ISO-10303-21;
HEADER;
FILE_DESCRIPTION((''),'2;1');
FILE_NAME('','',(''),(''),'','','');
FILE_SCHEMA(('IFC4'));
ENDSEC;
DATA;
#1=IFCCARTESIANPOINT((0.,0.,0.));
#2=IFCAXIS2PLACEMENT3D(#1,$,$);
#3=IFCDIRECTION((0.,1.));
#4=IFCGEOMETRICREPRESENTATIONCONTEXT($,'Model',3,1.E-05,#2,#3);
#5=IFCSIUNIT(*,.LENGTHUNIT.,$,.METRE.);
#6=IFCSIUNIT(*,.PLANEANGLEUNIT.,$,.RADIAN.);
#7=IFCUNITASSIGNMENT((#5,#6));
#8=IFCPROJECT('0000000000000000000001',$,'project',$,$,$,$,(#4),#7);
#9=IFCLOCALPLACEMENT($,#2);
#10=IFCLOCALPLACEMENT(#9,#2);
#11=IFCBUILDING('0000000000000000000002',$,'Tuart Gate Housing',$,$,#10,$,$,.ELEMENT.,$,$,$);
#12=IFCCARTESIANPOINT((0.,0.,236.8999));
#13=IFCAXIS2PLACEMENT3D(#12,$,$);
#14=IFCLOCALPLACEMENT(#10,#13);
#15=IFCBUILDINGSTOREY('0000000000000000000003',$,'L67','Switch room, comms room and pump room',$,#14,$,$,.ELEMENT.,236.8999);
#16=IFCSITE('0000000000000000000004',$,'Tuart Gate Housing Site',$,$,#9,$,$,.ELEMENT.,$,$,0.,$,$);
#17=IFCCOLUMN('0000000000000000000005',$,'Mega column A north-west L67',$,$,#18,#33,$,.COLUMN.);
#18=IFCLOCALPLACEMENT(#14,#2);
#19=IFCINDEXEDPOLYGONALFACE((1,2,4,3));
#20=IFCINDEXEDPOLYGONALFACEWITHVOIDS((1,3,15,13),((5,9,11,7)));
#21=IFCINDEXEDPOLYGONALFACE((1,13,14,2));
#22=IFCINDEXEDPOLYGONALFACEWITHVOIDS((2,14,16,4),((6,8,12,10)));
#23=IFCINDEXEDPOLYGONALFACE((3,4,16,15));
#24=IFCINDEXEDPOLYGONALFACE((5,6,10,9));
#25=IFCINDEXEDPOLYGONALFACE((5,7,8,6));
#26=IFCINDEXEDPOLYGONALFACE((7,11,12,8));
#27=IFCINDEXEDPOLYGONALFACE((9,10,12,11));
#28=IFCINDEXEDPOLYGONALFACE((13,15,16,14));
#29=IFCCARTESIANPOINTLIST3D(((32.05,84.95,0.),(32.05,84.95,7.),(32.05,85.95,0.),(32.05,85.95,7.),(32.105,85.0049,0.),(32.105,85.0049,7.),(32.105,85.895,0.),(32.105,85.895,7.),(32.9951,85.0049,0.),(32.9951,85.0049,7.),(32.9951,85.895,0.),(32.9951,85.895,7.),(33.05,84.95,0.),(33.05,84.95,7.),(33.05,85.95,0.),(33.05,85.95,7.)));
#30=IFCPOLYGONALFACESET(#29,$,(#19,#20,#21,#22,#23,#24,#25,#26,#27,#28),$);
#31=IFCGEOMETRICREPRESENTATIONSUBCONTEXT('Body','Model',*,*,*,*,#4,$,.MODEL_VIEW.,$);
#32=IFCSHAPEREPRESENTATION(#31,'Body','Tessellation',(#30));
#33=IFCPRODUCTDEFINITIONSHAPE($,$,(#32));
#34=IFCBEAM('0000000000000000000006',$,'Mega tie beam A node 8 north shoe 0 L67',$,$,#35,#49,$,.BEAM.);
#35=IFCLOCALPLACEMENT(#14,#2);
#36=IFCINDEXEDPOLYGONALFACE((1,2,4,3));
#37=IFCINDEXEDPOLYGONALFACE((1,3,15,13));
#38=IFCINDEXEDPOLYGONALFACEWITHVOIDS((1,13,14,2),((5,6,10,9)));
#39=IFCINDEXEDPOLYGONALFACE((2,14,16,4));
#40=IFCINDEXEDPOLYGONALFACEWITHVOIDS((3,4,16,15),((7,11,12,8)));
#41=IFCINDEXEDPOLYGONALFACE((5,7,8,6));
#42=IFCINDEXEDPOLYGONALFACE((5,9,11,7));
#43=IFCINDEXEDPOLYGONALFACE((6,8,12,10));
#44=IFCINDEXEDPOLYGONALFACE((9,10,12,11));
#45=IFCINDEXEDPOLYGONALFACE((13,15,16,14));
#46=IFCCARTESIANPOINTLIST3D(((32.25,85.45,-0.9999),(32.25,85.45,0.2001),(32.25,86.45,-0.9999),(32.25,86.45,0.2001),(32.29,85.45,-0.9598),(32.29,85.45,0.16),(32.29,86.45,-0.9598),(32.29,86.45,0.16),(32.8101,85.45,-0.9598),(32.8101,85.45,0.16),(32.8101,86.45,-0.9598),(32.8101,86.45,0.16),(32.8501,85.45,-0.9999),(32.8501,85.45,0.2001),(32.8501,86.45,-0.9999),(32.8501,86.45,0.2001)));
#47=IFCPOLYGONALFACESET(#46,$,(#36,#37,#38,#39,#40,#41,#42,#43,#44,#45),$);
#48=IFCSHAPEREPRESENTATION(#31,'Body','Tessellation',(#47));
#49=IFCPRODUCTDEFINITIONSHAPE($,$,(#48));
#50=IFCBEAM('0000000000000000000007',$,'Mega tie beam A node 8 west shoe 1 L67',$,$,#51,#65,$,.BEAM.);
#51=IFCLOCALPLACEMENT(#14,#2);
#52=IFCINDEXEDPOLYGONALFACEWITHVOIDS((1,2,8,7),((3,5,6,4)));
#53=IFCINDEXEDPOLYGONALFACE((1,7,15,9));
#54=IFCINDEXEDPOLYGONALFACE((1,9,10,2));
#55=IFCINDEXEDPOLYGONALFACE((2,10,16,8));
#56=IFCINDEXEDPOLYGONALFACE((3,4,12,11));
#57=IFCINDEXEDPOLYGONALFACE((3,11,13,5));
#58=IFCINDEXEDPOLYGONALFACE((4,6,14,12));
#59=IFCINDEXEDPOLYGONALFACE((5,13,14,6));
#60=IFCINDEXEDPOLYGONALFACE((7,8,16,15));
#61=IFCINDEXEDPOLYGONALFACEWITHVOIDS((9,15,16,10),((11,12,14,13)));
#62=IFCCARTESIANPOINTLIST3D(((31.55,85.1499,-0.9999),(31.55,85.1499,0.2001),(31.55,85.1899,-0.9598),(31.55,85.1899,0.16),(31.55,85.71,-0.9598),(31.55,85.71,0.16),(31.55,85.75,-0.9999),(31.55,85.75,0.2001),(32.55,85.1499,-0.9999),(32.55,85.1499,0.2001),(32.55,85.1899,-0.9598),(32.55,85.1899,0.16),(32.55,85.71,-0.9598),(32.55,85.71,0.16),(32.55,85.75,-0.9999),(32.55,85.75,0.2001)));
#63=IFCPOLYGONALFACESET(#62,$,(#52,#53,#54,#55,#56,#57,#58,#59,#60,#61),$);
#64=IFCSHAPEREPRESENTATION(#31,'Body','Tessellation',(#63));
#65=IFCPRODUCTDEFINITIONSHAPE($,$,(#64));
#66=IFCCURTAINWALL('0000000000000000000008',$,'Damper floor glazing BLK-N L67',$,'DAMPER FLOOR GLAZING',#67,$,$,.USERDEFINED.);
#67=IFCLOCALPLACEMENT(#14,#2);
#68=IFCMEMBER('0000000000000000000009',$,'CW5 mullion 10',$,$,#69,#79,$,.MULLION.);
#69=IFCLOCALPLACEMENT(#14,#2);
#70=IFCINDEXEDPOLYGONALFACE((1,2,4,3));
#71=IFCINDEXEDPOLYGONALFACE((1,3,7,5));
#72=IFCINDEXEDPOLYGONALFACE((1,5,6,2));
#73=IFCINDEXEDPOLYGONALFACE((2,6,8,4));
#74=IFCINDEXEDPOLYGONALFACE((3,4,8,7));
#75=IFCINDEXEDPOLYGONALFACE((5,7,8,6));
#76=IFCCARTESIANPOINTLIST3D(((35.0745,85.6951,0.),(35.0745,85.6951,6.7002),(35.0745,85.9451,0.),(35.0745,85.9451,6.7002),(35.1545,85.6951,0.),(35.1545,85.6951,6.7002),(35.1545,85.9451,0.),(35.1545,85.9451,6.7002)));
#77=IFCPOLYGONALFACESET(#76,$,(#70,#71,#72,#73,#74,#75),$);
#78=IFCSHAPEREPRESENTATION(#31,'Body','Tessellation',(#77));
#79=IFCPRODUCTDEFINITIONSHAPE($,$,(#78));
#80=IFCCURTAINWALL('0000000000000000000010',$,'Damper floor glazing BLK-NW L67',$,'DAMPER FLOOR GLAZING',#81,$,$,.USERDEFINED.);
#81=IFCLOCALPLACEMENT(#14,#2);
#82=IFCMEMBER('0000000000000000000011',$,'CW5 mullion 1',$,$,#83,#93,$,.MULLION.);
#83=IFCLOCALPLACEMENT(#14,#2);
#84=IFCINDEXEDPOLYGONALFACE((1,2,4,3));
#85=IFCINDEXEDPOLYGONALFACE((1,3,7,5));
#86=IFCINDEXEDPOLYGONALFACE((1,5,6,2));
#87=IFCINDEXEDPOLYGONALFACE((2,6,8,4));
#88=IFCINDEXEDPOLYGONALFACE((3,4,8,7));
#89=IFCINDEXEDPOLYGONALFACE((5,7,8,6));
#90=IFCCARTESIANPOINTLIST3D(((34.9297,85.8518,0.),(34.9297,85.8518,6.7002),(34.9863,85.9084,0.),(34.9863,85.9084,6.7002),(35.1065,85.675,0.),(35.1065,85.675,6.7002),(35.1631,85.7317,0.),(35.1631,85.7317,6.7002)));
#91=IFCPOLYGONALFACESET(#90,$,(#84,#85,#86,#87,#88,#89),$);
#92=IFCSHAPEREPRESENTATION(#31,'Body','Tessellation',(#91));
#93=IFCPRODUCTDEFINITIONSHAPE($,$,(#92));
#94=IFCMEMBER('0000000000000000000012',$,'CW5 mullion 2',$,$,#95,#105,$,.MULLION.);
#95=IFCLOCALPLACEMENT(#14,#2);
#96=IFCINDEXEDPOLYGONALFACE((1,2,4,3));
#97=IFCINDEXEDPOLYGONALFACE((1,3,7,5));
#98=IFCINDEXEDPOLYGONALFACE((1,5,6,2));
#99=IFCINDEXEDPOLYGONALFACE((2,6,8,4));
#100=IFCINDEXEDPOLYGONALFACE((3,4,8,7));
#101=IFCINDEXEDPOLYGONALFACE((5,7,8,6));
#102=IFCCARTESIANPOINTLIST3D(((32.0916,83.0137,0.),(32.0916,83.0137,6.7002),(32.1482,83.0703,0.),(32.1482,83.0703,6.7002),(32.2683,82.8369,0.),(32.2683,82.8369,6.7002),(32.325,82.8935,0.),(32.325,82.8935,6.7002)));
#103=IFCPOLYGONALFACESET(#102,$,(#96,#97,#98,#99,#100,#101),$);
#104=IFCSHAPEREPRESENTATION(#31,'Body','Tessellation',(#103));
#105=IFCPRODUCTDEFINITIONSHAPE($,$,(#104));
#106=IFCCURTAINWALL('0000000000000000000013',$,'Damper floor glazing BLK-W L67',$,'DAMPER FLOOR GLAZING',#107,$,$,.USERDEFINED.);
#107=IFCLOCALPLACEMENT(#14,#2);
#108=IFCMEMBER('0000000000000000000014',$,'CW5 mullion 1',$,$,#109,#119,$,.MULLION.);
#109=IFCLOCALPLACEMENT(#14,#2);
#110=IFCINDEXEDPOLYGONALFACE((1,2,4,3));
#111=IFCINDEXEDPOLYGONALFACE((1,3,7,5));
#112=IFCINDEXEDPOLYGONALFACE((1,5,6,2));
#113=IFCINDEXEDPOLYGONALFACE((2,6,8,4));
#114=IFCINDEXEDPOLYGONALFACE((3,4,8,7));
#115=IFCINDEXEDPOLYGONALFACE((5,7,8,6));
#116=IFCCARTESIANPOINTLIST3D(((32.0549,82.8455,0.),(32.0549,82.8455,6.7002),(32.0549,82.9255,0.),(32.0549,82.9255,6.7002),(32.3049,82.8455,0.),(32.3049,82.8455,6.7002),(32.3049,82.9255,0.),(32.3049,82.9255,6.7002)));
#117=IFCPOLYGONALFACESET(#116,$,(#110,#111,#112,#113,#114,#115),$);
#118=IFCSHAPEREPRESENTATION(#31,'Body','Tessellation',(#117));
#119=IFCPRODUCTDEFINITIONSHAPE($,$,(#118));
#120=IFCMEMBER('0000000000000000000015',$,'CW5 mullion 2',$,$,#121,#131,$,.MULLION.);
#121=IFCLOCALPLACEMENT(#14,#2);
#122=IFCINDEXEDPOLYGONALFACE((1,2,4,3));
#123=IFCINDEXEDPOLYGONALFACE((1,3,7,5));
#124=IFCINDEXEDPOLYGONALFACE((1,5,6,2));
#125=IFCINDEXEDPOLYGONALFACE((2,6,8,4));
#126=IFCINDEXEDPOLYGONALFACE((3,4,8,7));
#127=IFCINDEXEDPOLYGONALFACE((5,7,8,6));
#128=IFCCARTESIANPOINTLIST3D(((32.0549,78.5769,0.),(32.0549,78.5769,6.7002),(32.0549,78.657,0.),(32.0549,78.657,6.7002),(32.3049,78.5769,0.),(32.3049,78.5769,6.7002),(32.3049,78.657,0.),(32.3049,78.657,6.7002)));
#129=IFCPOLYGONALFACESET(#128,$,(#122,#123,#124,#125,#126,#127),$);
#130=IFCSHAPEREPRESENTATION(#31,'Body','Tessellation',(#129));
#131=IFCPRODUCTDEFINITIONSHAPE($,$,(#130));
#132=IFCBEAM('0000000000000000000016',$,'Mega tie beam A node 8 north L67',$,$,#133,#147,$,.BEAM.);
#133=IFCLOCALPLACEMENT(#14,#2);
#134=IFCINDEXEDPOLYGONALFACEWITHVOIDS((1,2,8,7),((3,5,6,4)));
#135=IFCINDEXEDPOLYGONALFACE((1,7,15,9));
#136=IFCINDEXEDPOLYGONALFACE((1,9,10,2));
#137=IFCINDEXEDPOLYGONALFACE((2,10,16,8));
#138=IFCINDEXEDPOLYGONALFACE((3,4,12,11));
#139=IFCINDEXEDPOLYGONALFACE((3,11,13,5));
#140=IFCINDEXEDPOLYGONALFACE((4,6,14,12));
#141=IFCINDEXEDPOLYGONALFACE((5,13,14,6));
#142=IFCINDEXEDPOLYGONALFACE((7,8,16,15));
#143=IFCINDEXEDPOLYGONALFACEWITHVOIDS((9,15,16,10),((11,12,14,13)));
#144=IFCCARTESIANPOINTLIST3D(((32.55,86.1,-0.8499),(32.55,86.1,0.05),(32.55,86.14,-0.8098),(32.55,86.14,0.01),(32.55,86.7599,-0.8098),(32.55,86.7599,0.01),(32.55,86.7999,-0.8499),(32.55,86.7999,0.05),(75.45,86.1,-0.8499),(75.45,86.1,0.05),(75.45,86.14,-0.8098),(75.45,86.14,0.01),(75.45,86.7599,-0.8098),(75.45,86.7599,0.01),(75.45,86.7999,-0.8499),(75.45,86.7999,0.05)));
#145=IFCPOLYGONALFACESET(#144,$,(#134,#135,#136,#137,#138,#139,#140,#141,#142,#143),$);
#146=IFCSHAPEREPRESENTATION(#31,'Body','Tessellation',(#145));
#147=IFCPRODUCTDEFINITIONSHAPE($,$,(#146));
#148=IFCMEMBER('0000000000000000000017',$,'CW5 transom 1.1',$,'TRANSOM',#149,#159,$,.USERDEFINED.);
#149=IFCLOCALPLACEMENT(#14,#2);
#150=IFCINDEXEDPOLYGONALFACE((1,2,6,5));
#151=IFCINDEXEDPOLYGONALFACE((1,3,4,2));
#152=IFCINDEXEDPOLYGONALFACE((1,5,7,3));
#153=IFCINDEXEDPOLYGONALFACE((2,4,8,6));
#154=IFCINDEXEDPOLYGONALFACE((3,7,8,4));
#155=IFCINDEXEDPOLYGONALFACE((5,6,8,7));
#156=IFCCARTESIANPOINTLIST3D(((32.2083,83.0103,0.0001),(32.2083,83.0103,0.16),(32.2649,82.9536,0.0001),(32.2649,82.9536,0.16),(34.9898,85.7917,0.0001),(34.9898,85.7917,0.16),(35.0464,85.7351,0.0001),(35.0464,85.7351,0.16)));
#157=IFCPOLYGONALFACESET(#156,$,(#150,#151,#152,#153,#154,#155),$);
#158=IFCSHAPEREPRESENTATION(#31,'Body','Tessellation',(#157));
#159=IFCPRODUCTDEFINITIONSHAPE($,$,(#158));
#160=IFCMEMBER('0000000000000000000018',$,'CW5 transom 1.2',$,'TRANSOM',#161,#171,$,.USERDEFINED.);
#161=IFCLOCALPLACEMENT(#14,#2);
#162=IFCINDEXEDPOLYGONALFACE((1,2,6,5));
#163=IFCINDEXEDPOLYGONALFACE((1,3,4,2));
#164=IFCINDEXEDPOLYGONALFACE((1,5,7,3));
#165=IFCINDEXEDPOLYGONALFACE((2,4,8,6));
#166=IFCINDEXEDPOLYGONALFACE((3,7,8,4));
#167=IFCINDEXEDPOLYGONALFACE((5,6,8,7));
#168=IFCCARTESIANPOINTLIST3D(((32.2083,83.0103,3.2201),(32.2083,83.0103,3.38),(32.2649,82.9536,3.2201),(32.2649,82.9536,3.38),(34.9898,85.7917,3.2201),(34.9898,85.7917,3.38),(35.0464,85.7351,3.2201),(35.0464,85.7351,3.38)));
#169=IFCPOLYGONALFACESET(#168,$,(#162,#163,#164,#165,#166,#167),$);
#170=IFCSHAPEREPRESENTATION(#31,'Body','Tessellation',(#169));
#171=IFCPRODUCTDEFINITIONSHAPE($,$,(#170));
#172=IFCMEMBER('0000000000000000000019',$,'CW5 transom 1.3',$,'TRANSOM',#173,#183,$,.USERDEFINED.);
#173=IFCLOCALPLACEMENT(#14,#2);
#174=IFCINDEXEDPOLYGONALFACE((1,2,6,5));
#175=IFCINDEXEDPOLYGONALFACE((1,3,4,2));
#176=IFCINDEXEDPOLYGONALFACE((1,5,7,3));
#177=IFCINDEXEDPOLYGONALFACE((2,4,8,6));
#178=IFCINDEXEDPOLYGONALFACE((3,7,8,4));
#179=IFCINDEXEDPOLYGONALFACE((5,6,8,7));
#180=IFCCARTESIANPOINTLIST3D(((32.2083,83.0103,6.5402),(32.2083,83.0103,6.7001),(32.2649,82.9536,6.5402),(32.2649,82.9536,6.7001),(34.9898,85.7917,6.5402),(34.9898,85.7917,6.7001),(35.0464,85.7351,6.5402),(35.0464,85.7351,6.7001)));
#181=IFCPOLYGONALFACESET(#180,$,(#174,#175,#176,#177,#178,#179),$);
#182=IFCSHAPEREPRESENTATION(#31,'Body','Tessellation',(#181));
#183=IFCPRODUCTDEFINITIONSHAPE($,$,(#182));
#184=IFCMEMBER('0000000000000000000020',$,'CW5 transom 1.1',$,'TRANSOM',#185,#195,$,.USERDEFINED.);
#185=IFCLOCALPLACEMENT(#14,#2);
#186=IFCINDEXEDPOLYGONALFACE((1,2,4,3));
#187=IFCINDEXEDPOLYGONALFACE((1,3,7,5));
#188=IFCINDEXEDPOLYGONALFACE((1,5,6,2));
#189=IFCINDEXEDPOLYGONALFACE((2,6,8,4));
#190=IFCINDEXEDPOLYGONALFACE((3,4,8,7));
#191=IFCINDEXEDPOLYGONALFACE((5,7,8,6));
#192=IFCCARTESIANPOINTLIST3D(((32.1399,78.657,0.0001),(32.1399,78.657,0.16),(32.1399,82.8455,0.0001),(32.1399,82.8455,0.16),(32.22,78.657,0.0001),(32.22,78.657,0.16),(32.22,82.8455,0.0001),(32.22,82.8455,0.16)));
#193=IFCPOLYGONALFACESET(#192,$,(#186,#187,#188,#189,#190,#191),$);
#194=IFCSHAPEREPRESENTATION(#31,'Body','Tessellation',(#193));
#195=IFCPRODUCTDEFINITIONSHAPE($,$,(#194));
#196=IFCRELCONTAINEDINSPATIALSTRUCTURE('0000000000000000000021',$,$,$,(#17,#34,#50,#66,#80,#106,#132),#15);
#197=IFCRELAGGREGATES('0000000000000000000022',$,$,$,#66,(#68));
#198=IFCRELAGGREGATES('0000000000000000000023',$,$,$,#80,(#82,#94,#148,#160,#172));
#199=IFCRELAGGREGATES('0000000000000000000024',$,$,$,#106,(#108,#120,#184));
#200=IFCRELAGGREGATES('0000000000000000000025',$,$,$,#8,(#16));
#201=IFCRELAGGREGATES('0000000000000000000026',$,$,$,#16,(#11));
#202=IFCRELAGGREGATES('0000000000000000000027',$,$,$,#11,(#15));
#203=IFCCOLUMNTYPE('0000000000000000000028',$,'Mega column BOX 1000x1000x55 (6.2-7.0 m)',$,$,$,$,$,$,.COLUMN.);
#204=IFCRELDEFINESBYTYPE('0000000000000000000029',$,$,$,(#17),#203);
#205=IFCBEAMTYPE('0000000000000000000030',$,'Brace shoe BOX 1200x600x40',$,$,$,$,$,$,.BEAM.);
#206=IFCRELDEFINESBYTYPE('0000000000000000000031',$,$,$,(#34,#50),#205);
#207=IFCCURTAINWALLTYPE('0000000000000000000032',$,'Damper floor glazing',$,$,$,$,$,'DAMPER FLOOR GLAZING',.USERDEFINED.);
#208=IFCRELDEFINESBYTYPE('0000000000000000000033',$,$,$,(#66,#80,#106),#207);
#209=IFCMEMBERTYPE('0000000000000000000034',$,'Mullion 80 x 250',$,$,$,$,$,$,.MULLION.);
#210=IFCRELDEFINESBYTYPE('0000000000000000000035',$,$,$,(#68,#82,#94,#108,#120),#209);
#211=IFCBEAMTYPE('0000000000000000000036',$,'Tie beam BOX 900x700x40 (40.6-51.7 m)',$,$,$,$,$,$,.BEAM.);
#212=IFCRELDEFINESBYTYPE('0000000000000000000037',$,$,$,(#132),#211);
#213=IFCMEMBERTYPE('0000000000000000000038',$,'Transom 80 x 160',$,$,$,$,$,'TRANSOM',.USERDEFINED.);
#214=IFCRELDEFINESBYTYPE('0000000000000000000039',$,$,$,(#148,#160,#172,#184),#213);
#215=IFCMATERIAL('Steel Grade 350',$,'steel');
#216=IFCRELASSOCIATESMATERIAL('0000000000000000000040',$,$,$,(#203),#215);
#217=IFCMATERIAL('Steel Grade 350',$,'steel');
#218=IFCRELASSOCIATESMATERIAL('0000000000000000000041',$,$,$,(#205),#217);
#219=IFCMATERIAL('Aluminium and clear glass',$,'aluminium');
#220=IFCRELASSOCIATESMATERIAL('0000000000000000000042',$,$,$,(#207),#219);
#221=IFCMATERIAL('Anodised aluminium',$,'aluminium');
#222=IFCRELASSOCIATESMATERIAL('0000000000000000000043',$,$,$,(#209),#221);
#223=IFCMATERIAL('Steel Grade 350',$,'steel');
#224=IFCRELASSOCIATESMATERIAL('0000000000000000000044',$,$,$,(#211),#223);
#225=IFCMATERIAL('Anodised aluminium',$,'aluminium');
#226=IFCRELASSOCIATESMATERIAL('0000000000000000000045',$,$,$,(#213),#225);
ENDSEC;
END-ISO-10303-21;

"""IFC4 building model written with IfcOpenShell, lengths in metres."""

from ifc_helpers import new_model, si_unit, direction, frame, origin, origin_2d, place, context, subcontext, project, spatial, rectangle, hollow_rectangle, extrude, material, material_profile, profile_set, type_object, element, aggregate, save


model = new_model("IFC4")

# Units and contexts
model_context = context("Model", 3, precision=1e-05, world=origin(), true_north=direction((0.0, 1.0)))
body_context = subcontext(model_context, "Body", "Model", "MODEL_VIEW")
ifc_project = project(units=[si_unit("LENGTHUNIT", "METRE"), si_unit("PLANEANGLEUNIT", "RADIAN")], contexts=[model_context])

# Site, building, storey
site_placement = place(None, origin())
site = spatial("IfcSite", under=ifc_project, at=site_placement, Name="Tuart Gate Housing Site", CompositionType="ELEMENT", RefElevation=0.0)
building_placement = place(site_placement, origin())
building = spatial("IfcBuilding", under=site, at=building_placement, Name="Tuart Gate Housing", CompositionType="ELEMENT")
storey_placement = place(building_placement, frame((0.0, 0.0, 236.8999)))
storey = spatial("IfcBuildingStorey", under=building, at=storey_placement, Name="L67", Description="Switch room, comms room and pump room", CompositionType="ELEMENT", Elevation=236.8999)

# Column
ifc_material_1 = material(Name="Steel Grade 350", Category="steel")
ifc_material_profile_1 = material_profile(ifc_material_1, hollow_rectangle(XDim=1.0, YDim=1.0, WallThickness=0.0549, at=origin_2d()), Name="BOX 1000x1000x55")
ifc_profile_set_1 = profile_set([ifc_material_profile_1], Name="Steel Grade 350")
column_type = type_object("IfcColumnType", Name="Mega column BOX 1000x1000x55 (6.2-7.0 m)", PredefinedType="COLUMN", material=ifc_profile_set_1)
column_placement = place(storey_placement, frame((32.55, 85.45, 0.0), z_axis=(0.0, 0.0, 1.0), x_axis=(1.0, 0.0, 0.0)))
element("IfcColumn", 1, at=column_placement, inside=storey, type_object=column_type, Name="Mega column A north-west L67", PredefinedType="COLUMN", context=body_context, shape_type="SweptSolid", body=[
    extrude(hollow_rectangle(XDim=1.0, YDim=1.0, WallThickness=0.0549, at=origin_2d()), origin(), (0.0, 0.0, 1.0), 7.0),
])

# Beams
ifc_material_2 = material(Name="Steel Grade 350", Category="steel")
ifc_material_profile_2 = material_profile(ifc_material_2, hollow_rectangle(XDim=0.6001, YDim=1.2, WallThickness=0.04, at=origin_2d()), Name="BOX 1200x600x40")
ifc_profile_set_2 = profile_set([ifc_material_profile_2], Name="Steel Grade 350")
beam_type_1 = type_object("IfcBeamType", Name="Brace shoe BOX 1200x600x40", PredefinedType="BEAM", material=ifc_profile_set_2)
for number, where, z_axis, x_axis, name in (
    (2, (32.55, 85.45, -0.3999), (0.0, 1.0, 0.0), (-1.0, 0.0, 0.0), "Mega tie beam A node 8 north shoe 0 L67"),
    (3, (32.55, 85.45, -0.3999), (-1.0, 0.0, 0.0), (0.0, -1.0, 0.0), "Mega tie beam A node 8 west shoe 1 L67"),
):
    element("IfcBeam", number, at=place(storey_placement, frame(where, z_axis=z_axis, x_axis=x_axis)), inside=storey, type_object=beam_type_1, Name=name, PredefinedType="BEAM", context=body_context, shape_type="SweptSolid", body=[
        extrude(hollow_rectangle(XDim=0.6001, YDim=1.2, WallThickness=0.04, at=origin_2d()), origin(), (0.0, 0.0, 1.0), 1.0),
    ])

# Curtain wall, member
ifc_material_3 = material(Name="Aluminium and clear glass", Category="aluminium")
curtain_wall_type = type_object("IfcCurtainWallType", Name="Damper floor glazing", ElementType="DAMPER FLOOR GLAZING", PredefinedType="USERDEFINED", material=ifc_material_3)
curtain_wall_1_placement = place(storey_placement, origin())
curtain_wall_1 = element("IfcCurtainWall", 4, at=curtain_wall_1_placement, inside=storey, type_object=curtain_wall_type, Name="Damper floor glazing BLK-N L67", ObjectType="DAMPER FLOOR GLAZING", PredefinedType="USERDEFINED")
ifc_material_4 = material(Name="Anodised aluminium", Category="aluminium")
ifc_material_profile_3 = material_profile(ifc_material_4, rectangle(XDim=0.0801, YDim=0.25, at=origin_2d()), Name="80x250")
ifc_profile_set_3 = profile_set([ifc_material_profile_3], Name="Anodised aluminium")
member_type_1 = type_object("IfcMemberType", Name="Mullion 80 x 250", PredefinedType="MULLION", material=ifc_profile_set_3)
member_1_placement = place(storey_placement, frame((35.1145, 85.8201, 0.0), z_axis=(0.0, 0.0, 1.0), x_axis=(-1.0, 0.0, 0.0)))
member_1 = element("IfcMember", 5, at=member_1_placement, type_object=member_type_1, Name="CW5 mullion 10", PredefinedType="MULLION", context=body_context, shape_type="SweptSolid", body=[
    extrude(rectangle(XDim=0.0801, YDim=0.25, at=origin_2d()), origin(), (0.0, 0.0, 1.0), 6.7002),
])

# Curtain walls, members
curtain_wall_2_placement = place(storey_placement, origin())
curtain_wall_2 = element("IfcCurtainWall", 6, at=curtain_wall_2_placement, inside=storey, type_object=curtain_wall_type, Name="Damper floor glazing BLK-NW L67", ObjectType="DAMPER FLOOR GLAZING", PredefinedType="USERDEFINED")
member_2_placement = place(storey_placement, frame((35.0464, 85.7917, 0.0), z_axis=(0.0, 0.0, 1.0), x_axis=(-0.707107, -0.707107, 0.0)))
member_2 = element("IfcMember", 7, at=member_2_placement, type_object=member_type_1, Name="CW5 mullion 1", PredefinedType="MULLION", context=body_context, shape_type="SweptSolid", body=[
    extrude(rectangle(XDim=0.0801, YDim=0.25, at=origin_2d()), origin(), (0.0, 0.0, 1.0), 6.7002),
])
member_3_placement = place(storey_placement, frame((32.2083, 82.9536, 0.0), z_axis=(0.0, 0.0, 1.0), x_axis=(-0.707107, -0.707107, 0.0)))
member_3 = element("IfcMember", 8, at=member_3_placement, type_object=member_type_1, Name="CW5 mullion 2", PredefinedType="MULLION", context=body_context, shape_type="SweptSolid", body=[
    extrude(rectangle(XDim=0.0801, YDim=0.25, at=origin_2d()), origin(), (0.0, 0.0, 1.0), 6.7002),
])
curtain_wall_3_placement = place(storey_placement, origin())
curtain_wall_3 = element("IfcCurtainWall", 9, at=curtain_wall_3_placement, inside=storey, type_object=curtain_wall_type, Name="Damper floor glazing BLK-W L67", ObjectType="DAMPER FLOOR GLAZING", PredefinedType="USERDEFINED")
member_4_placement = place(storey_placement, frame((32.1799, 82.8855, 0.0), z_axis=(0.0, 0.0, 1.0), x_axis=(0.0, -1.0, 0.0)))
member_4 = element("IfcMember", 10, at=member_4_placement, type_object=member_type_1, Name="CW5 mullion 1", PredefinedType="MULLION", context=body_context, shape_type="SweptSolid", body=[
    extrude(rectangle(XDim=0.0801, YDim=0.25, at=origin_2d()), origin(), (0.0, 0.0, 1.0), 6.7002),
])
member_5_placement = place(storey_placement, frame((32.1799, 78.6169, 0.0), z_axis=(0.0, 0.0, 1.0), x_axis=(0.0, -1.0, 0.0)))
member_5 = element("IfcMember", 11, at=member_5_placement, type_object=member_type_1, Name="CW5 mullion 2", PredefinedType="MULLION", context=body_context, shape_type="SweptSolid", body=[
    extrude(rectangle(XDim=0.0801, YDim=0.25, at=origin_2d()), origin(), (0.0, 0.0, 1.0), 6.7002),
])

# Beam
ifc_material_5 = material(Name="Steel Grade 350", Category="steel")
ifc_material_profile_4 = material_profile(ifc_material_5, hollow_rectangle(XDim=0.7, YDim=0.8999, WallThickness=0.04, at=origin_2d()), Name="BOX 900x700x40")
ifc_profile_set_4 = profile_set([ifc_material_profile_4], Name="Steel Grade 350")
beam_type_2 = type_object("IfcBeamType", Name="Tie beam BOX 900x700x40 (40.6-51.7 m)", PredefinedType="BEAM", material=ifc_profile_set_4)
beam_placement = place(storey_placement, frame((32.55, 86.45, -0.3999), z_axis=(1.0, 0.0, 0.0), x_axis=(0.0, 1.0, 0.0)))
element("IfcBeam", 12, at=beam_placement, inside=storey, type_object=beam_type_2, Name="Mega tie beam A node 8 north L67", PredefinedType="BEAM", context=body_context, shape_type="SweptSolid", body=[
    extrude(hollow_rectangle(XDim=0.7, YDim=0.8999, WallThickness=0.04, at=origin_2d()), origin(), (0.0, 0.0, 1.0), 42.8999),
])

# Members
ifc_material_6 = material(Name="Anodised aluminium", Category="aluminium")
ifc_material_profile_5 = material_profile(ifc_material_6, rectangle(XDim=0.0801, YDim=0.1599, at=origin_2d()), Name="80x160")
ifc_profile_set_5 = profile_set([ifc_material_profile_5], Name="Anodised aluminium")
member_type_2 = type_object("IfcMemberType", Name="Transom 80 x 160", ElementType="TRANSOM", PredefinedType="USERDEFINED", material=ifc_profile_set_5)
member_6_placement = place(storey_placement, frame((35.0181, 85.7634, 0.0801), z_axis=(-0.707107, -0.707107, 0.0), x_axis=(0.707107, -0.707107, 0.0)))
member_6 = element("IfcMember", 13, at=member_6_placement, type_object=member_type_2, Name="CW5 transom 1.1", ObjectType="TRANSOM", PredefinedType="USERDEFINED", context=body_context, shape_type="SweptSolid", body=[
    extrude(rectangle(XDim=0.0801, YDim=0.1599, at=origin_2d()), origin(), (0.0, 0.0, 1.0), 3.9336),
])
member_7_placement = place(storey_placement, frame((35.0181, 85.7634, 3.3), z_axis=(-0.707107, -0.707107, 0.0), x_axis=(0.707107, -0.707107, 0.0)))
member_7 = element("IfcMember", 14, at=member_7_placement, type_object=member_type_2, Name="CW5 transom 1.2", ObjectType="TRANSOM", PredefinedType="USERDEFINED", context=body_context, shape_type="SweptSolid", body=[
    extrude(rectangle(XDim=0.0801, YDim=0.1599, at=origin_2d()), origin(), (0.0, 0.0, 1.0), 3.9336),
])
member_8_placement = place(storey_placement, frame((35.0181, 85.7634, 6.6201), z_axis=(-0.707107, -0.707107, 0.0), x_axis=(0.707107, -0.707107, 0.0)))
member_8 = element("IfcMember", 15, at=member_8_placement, type_object=member_type_2, Name="CW5 transom 1.3", ObjectType="TRANSOM", PredefinedType="USERDEFINED", context=body_context, shape_type="SweptSolid", body=[
    extrude(rectangle(XDim=0.0801, YDim=0.1599, at=origin_2d()), origin(), (0.0, 0.0, 1.0), 3.9336),
])
member_9_placement = place(storey_placement, frame((32.1799, 82.8455, 0.0801), z_axis=(0.0, -1.0, 0.0), x_axis=(1.0, 0.0, 0.0)))
member_9 = element("IfcMember", 16, at=member_9_placement, type_object=member_type_2, Name="CW5 transom 1.1", ObjectType="TRANSOM", PredefinedType="USERDEFINED", context=body_context, shape_type="SweptSolid", body=[
    extrude(rectangle(XDim=0.0801, YDim=0.1599, at=origin_2d()), origin(), (0.0, 0.0, 1.0), 4.1885),
])

aggregate(curtain_wall_1, [member_1])
aggregate(curtain_wall_2, [member_2, member_3, member_6, member_7, member_8])
aggregate(curtain_wall_3, [member_4, member_5, member_9])

save(model, "model.ifc")
